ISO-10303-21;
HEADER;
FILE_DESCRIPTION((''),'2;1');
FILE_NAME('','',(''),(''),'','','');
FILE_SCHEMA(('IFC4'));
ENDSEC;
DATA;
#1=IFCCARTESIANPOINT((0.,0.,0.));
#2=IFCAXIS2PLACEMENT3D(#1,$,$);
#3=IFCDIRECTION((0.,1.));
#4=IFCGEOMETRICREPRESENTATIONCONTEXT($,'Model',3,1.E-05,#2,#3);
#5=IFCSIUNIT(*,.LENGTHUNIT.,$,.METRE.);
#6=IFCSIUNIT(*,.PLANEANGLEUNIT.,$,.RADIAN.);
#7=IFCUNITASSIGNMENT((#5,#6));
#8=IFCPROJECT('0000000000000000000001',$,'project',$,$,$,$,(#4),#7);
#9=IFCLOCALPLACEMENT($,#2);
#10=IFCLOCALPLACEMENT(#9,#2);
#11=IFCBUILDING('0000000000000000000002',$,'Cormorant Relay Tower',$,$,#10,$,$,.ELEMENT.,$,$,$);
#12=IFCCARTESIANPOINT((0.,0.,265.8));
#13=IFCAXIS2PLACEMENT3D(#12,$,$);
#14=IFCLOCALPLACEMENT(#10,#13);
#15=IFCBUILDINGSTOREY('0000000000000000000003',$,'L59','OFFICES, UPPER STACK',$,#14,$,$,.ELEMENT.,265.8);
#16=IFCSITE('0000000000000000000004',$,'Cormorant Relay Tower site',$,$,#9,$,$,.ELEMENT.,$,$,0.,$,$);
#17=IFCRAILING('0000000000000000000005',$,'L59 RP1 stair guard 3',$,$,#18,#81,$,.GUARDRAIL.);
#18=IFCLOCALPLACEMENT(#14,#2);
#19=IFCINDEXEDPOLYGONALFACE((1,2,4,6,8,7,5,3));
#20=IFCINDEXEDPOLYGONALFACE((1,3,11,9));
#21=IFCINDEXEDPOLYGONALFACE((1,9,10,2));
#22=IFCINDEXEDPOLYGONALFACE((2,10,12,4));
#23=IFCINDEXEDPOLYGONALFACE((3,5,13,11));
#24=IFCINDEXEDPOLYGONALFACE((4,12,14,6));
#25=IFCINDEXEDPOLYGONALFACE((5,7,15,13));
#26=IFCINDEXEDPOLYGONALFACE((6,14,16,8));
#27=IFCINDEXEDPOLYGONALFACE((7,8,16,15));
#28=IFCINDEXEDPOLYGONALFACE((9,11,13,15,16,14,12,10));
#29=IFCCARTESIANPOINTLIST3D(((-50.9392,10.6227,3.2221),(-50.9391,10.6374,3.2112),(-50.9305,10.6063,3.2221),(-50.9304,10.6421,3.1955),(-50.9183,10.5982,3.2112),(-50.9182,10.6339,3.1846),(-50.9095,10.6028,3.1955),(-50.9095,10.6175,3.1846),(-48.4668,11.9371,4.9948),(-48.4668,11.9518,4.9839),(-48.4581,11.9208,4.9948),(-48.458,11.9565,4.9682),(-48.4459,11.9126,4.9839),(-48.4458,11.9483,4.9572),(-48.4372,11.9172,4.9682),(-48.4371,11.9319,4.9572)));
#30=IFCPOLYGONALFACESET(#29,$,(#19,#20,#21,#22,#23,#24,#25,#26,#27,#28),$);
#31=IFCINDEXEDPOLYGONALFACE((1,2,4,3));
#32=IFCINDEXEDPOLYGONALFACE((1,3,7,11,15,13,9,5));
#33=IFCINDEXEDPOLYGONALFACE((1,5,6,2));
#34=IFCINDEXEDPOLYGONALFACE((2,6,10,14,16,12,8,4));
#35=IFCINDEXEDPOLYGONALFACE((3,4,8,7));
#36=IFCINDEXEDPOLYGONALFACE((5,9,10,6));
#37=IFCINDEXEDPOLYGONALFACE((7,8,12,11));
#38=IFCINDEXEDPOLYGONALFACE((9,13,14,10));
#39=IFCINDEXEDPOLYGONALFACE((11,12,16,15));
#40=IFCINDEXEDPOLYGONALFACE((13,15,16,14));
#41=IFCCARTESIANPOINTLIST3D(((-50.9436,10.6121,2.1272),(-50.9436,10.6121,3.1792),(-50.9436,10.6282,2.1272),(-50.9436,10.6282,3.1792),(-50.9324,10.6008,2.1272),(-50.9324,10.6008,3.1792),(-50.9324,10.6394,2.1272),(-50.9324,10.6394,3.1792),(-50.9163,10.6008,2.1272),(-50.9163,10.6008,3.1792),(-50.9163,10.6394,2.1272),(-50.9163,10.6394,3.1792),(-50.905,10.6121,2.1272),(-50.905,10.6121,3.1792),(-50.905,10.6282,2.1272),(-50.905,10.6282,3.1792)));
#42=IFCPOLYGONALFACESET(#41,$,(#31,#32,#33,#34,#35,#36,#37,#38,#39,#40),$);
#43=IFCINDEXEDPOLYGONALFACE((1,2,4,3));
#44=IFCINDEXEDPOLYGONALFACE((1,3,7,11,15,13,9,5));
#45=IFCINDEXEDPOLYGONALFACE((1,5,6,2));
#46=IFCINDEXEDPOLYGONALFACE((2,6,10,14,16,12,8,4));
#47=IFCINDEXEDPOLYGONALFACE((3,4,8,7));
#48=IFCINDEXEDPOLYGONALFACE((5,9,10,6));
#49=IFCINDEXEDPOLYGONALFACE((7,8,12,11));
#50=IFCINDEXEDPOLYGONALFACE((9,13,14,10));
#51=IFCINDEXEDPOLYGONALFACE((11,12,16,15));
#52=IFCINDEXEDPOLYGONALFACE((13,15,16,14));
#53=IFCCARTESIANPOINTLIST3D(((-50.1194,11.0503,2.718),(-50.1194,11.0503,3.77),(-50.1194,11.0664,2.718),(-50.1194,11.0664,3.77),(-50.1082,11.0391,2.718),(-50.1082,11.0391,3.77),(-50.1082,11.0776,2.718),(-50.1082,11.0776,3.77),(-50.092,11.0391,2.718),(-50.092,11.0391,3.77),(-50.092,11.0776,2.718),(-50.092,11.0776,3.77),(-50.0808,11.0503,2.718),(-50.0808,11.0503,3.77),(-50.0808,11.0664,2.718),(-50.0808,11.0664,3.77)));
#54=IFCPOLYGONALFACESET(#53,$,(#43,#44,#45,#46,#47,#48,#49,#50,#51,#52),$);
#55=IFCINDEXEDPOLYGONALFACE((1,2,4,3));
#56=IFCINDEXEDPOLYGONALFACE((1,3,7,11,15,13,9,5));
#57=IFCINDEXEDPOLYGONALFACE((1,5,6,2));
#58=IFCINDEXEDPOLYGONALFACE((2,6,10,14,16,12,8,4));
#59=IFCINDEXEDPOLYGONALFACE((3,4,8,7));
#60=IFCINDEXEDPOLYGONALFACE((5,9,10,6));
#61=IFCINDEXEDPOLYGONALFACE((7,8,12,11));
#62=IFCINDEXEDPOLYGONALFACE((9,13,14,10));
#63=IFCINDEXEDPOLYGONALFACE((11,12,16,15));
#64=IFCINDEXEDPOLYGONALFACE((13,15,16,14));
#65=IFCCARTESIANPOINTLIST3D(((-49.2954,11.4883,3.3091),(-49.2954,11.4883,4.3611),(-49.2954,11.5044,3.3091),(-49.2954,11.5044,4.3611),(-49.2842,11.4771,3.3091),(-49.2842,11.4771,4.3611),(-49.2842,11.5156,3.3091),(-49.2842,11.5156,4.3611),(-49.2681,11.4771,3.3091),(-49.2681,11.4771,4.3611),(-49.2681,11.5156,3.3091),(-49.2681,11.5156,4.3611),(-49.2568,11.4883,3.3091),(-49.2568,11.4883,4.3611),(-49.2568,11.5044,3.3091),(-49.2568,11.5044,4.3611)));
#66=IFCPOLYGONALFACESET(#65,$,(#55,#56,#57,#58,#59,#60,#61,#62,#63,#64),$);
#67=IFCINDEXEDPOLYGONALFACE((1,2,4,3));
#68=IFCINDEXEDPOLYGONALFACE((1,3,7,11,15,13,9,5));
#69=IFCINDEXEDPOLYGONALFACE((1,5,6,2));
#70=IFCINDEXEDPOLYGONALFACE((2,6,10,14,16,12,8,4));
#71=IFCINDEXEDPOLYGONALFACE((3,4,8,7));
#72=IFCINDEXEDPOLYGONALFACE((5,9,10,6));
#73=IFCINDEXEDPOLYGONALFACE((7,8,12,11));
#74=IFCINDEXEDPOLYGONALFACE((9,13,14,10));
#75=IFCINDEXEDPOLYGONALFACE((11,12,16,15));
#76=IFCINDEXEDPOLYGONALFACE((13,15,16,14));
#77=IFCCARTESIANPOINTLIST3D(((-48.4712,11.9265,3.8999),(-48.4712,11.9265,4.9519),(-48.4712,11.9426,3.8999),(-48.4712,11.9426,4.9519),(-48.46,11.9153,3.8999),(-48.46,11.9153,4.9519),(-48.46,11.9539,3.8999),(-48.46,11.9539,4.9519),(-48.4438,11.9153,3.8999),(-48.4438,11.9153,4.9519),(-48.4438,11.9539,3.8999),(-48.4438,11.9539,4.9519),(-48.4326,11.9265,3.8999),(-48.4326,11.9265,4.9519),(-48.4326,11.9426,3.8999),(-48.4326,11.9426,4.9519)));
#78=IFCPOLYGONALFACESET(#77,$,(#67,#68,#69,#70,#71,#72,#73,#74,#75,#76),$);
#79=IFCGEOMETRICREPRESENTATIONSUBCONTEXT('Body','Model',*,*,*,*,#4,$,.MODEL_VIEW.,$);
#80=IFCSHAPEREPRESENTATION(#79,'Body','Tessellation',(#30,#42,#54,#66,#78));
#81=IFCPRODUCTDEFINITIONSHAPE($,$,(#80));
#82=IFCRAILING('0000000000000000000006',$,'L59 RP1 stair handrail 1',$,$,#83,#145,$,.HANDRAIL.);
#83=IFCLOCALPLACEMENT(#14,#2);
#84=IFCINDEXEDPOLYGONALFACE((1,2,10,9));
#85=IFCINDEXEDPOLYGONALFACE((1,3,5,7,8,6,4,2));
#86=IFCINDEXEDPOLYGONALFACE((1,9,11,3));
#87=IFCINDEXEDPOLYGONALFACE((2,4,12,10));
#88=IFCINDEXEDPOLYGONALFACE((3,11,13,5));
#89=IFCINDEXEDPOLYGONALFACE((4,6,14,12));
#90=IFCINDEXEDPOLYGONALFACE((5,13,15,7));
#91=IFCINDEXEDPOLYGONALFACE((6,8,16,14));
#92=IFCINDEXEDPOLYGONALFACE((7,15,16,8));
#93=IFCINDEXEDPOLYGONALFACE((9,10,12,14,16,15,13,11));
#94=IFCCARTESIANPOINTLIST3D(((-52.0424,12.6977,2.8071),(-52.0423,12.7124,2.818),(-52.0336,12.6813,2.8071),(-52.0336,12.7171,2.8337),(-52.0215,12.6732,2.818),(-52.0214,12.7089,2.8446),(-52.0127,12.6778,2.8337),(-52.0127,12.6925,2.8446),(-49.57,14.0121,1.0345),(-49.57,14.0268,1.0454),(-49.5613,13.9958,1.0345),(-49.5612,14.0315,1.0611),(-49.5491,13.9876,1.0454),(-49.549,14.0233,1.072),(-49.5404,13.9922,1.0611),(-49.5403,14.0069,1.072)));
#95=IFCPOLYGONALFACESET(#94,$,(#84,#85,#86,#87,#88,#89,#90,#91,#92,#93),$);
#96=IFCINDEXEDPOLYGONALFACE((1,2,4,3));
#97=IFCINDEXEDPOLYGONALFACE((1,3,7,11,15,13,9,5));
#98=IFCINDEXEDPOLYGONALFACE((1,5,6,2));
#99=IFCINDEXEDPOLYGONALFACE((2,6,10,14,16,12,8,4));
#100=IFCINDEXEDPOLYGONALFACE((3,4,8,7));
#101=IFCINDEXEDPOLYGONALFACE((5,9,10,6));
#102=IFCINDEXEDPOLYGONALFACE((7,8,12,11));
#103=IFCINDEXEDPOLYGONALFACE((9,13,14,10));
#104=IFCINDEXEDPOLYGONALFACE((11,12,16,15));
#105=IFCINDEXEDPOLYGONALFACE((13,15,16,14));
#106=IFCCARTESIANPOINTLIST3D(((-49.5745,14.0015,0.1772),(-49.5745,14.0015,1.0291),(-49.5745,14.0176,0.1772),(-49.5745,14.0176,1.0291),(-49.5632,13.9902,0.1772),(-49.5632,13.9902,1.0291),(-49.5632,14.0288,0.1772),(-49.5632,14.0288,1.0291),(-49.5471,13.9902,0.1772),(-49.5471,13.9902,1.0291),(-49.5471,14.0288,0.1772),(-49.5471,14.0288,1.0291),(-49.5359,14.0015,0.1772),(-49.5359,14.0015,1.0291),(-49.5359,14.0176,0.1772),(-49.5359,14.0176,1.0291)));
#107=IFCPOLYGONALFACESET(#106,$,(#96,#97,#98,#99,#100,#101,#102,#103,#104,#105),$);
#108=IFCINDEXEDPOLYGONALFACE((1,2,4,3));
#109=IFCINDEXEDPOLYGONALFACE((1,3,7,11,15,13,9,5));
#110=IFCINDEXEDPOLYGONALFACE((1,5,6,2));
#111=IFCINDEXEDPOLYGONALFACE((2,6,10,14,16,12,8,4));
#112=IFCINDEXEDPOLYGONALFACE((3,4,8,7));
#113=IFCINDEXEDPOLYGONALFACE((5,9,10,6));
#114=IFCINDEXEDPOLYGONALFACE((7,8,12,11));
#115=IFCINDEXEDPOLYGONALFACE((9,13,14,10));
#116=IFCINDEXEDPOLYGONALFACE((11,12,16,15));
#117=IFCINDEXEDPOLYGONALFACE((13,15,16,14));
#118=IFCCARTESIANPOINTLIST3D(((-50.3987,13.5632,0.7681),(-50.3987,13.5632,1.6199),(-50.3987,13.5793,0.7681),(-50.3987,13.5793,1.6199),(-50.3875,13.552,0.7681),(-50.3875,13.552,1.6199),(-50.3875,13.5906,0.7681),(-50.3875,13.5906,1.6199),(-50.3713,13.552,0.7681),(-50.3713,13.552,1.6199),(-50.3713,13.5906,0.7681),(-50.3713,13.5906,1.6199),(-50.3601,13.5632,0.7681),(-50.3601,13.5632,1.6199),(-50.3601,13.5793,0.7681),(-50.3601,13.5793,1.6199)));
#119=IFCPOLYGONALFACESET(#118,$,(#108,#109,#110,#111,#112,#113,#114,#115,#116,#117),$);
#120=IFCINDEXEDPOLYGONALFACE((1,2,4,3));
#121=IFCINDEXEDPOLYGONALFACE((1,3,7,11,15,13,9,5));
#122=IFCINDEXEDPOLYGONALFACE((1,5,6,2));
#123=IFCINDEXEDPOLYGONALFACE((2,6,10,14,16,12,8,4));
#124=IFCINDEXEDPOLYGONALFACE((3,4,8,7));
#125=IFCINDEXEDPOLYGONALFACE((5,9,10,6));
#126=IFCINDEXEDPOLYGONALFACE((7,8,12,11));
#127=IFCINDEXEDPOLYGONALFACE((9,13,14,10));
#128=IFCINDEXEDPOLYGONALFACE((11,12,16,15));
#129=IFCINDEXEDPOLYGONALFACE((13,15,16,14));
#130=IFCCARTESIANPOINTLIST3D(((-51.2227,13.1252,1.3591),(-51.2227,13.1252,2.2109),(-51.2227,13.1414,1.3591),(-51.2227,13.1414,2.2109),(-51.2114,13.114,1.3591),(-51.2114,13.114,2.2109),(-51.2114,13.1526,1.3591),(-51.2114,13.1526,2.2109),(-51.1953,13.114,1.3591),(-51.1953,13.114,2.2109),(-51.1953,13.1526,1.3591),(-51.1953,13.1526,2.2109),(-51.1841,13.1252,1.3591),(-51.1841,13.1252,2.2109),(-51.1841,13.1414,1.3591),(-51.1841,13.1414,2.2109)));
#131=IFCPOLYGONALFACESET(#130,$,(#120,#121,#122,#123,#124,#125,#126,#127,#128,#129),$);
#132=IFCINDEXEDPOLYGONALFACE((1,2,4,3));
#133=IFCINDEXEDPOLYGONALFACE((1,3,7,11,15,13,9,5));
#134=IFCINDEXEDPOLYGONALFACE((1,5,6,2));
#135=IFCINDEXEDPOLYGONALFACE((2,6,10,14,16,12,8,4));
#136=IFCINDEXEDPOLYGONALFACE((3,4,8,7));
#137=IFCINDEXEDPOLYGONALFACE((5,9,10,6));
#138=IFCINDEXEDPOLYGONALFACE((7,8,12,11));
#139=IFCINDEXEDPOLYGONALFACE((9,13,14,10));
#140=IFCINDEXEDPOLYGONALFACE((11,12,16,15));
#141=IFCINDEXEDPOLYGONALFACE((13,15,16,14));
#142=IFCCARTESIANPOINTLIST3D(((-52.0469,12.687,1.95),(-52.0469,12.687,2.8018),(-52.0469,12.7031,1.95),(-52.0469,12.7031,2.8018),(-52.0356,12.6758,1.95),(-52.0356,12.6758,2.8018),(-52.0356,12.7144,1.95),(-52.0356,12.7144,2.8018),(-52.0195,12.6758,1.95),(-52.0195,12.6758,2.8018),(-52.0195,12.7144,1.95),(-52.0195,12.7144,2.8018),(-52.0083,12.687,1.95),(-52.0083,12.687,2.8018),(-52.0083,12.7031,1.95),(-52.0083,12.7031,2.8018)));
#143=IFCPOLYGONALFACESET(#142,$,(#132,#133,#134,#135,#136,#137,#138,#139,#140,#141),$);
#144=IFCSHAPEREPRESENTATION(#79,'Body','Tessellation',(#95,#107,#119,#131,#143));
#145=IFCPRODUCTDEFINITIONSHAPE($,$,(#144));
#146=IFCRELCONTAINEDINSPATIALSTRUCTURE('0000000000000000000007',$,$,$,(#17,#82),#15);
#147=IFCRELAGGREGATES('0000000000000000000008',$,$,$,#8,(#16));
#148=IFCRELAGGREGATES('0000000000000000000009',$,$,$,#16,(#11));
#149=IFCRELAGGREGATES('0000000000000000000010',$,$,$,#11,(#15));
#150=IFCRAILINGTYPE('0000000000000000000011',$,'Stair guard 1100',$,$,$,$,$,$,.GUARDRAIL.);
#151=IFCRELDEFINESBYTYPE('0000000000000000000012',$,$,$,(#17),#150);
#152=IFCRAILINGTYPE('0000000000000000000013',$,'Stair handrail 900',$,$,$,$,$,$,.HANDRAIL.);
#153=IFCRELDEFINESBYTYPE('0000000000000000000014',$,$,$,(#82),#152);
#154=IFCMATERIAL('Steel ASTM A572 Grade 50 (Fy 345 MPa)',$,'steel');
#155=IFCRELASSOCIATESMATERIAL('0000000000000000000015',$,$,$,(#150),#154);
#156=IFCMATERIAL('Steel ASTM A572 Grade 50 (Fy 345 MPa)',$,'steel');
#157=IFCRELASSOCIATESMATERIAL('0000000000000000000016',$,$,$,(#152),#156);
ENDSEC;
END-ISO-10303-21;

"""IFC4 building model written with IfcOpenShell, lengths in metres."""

from ifc_helpers import new_model, si_unit, direction, frame, origin, place, context, subcontext, project, spatial, polyline, outline, extrude, material, type_object, element, save


model = new_model("IFC4")

# Units and contexts
model_context = context("Model", 3, precision=1e-05, world=origin(), true_north=direction((0.0, 1.0)))
body_context = subcontext(model_context, "Body", "Model", "MODEL_VIEW")
ifc_project = project(units=[si_unit("LENGTHUNIT", "METRE"), si_unit("PLANEANGLEUNIT", "RADIAN")], contexts=[model_context])

# Site, building, storey
site_placement = place(None, origin())
site = spatial("IfcSite", under=ifc_project, at=site_placement, Name="Cormorant Relay Tower site", CompositionType="ELEMENT", RefElevation=0.0)
building_placement = place(site_placement, origin())
building = spatial("IfcBuilding", under=site, at=building_placement, Name="Cormorant Relay Tower", CompositionType="ELEMENT")
storey_placement = place(building_placement, frame((0.0, 0.0, 265.8)))
storey = spatial("IfcBuildingStorey", under=building, at=storey_placement, Name="L59", Description="OFFICES, UPPER STACK", CompositionType="ELEMENT", Elevation=265.8)

# Railings
ifc_material_1 = material(Name="Steel ASTM A572 Grade 50 (Fy 345 MPa)", Category="steel")
railing_type_1 = type_object("IfcRailingType", Name="Stair guard 1100", PredefinedType="GUARDRAIL", material=ifc_material_1)
railing_1_placement = place(storey_placement, frame((-50.9243, 10.6201, 2.1272)))
element("IfcRailing", 1, at=railing_1_placement, inside=storey, type_object=railing_type_1, Name="L59 RP1 stair guard 3", PredefinedType="GUARDRAIL", context=body_context, shape_type="SweptSolid", body=[
    extrude(outline(polyline([(0.0222, 0.0093), (0.0093, 0.0222), (-0.0093, 0.0222), (-0.0222, 0.0093), (-0.0222, -0.0093), (-0.0093, -0.0222), (0.0093, -0.0222), (0.0222, -0.0093), (0.0222, 0.0093)])), frame((0.0, 0.0, 1.0762), z_axis=(0.746034, 0.396627, 0.534902), x_axis=(-0.469429, 0.88297, 0.0)), (0.0, 0.0, 1.0), 3.314),
    extrude(outline(polyline([(0.0193, 0.0081), (0.0081, 0.0193), (-0.0081, 0.0193), (-0.0193, 0.0081), (-0.0193, -0.0081), (-0.0081, -0.0193), (0.0081, -0.0193), (0.0193, -0.0081), (0.0193, 0.0081)])), origin(), (0.0, 0.0, 1.0), 1.052),
    extrude(outline(polyline([(0.0193, 0.0081), (0.0081, 0.0193), (-0.0081, 0.0193), (-0.0193, 0.0081), (-0.0193, -0.0081), (-0.0081, -0.0193), (0.0081, -0.0193), (0.0193, -0.0081), (0.0193, 0.0081)])), frame((0.8242, 0.4382, 0.5908)), (0.0, 0.0, 1.0), 1.052),
    extrude(outline(polyline([(0.0193, 0.0081), (0.0081, 0.0193), (-0.0081, 0.0193), (-0.0193, 0.0081), (-0.0193, -0.0081), (-0.0081, -0.0193), (0.0081, -0.0193), (0.0193, -0.0081), (0.0193, 0.0081)])), frame((1.6482, 0.8762, 1.1819)), (0.0, 0.0, 1.0), 1.052),
    extrude(outline(polyline([(0.0193, 0.0081), (0.0081, 0.0193), (-0.0081, 0.0193), (-0.0193, 0.0081), (-0.0193, -0.0081), (-0.0081, -0.0193), (0.0081, -0.0193), (0.0193, -0.0081), (0.0193, 0.0081)])), frame((2.4724, 1.3145, 1.7727)), (0.0, 0.0, 1.0), 1.052),
])
ifc_material_2 = material(Name="Steel ASTM A572 Grade 50 (Fy 345 MPa)", Category="steel")
railing_type_2 = type_object("IfcRailingType", Name="Stair handrail 900", PredefinedType="HANDRAIL", material=ifc_material_2)
railing_2_placement = place(storey_placement, frame((-49.5552, 14.0095, 0.1772)))
element("IfcRailing", 2, at=railing_2_placement, inside=storey, type_object=railing_type_2, Name="L59 RP1 stair handrail 1", PredefinedType="HANDRAIL", context=body_context, shape_type="SweptSolid", body=[
    extrude(outline(polyline([(0.0222, 0.0093), (0.0093, 0.0222), (-0.0093, 0.0222), (-0.0222, 0.0093), (-0.0222, -0.0093), (-0.0093, -0.0222), (0.0093, -0.0222), (0.0222, -0.0093), (0.0222, 0.0093)])), frame((0.0, 0.0, 0.876), z_axis=(-0.746034, -0.396627, 0.534902), x_axis=(0.469429, -0.88297, 0.0)), (0.0, 0.0, 1.0), 3.314),
    extrude(outline(polyline([(0.0193, 0.0081), (0.0081, 0.0193), (-0.0081, 0.0193), (-0.0193, 0.0081), (-0.0193, -0.0081), (-0.0081, -0.0193), (0.0081, -0.0193), (0.0193, -0.0081), (0.0193, 0.0081)])), origin(), (0.0, 0.0, 1.0), 0.8518),
    extrude(outline(polyline([(0.0193, 0.0081), (0.0081, 0.0193), (-0.0081, 0.0193), (-0.0193, 0.0081), (-0.0193, -0.0081), (-0.0081, -0.0193), (0.0081, -0.0193), (0.0193, -0.0081), (0.0193, 0.0081)])), frame((-0.8242, -0.4382, 0.5908)), (0.0, 0.0, 1.0), 0.8518),
    extrude(outline(polyline([(0.0193, 0.0081), (0.0081, 0.0193), (-0.0081, 0.0193), (-0.0193, 0.0081), (-0.0193, -0.0081), (-0.0081, -0.0193), (0.0081, -0.0193), (0.0193, -0.0081), (0.0193, 0.0081)])), frame((-1.6482, -0.8762, 1.1819)), (0.0, 0.0, 1.0), 0.8518),
    extrude(outline(polyline([(0.0193, 0.0081), (0.0081, 0.0193), (-0.0081, 0.0193), (-0.0193, 0.0081), (-0.0193, -0.0081), (-0.0081, -0.0193), (0.0081, -0.0193), (0.0193, -0.0081), (0.0193, 0.0081)])), frame((-2.4724, -1.3145, 1.7727)), (0.0, 0.0, 1.0), 0.8518),
])

save(model, "model.ifc")
